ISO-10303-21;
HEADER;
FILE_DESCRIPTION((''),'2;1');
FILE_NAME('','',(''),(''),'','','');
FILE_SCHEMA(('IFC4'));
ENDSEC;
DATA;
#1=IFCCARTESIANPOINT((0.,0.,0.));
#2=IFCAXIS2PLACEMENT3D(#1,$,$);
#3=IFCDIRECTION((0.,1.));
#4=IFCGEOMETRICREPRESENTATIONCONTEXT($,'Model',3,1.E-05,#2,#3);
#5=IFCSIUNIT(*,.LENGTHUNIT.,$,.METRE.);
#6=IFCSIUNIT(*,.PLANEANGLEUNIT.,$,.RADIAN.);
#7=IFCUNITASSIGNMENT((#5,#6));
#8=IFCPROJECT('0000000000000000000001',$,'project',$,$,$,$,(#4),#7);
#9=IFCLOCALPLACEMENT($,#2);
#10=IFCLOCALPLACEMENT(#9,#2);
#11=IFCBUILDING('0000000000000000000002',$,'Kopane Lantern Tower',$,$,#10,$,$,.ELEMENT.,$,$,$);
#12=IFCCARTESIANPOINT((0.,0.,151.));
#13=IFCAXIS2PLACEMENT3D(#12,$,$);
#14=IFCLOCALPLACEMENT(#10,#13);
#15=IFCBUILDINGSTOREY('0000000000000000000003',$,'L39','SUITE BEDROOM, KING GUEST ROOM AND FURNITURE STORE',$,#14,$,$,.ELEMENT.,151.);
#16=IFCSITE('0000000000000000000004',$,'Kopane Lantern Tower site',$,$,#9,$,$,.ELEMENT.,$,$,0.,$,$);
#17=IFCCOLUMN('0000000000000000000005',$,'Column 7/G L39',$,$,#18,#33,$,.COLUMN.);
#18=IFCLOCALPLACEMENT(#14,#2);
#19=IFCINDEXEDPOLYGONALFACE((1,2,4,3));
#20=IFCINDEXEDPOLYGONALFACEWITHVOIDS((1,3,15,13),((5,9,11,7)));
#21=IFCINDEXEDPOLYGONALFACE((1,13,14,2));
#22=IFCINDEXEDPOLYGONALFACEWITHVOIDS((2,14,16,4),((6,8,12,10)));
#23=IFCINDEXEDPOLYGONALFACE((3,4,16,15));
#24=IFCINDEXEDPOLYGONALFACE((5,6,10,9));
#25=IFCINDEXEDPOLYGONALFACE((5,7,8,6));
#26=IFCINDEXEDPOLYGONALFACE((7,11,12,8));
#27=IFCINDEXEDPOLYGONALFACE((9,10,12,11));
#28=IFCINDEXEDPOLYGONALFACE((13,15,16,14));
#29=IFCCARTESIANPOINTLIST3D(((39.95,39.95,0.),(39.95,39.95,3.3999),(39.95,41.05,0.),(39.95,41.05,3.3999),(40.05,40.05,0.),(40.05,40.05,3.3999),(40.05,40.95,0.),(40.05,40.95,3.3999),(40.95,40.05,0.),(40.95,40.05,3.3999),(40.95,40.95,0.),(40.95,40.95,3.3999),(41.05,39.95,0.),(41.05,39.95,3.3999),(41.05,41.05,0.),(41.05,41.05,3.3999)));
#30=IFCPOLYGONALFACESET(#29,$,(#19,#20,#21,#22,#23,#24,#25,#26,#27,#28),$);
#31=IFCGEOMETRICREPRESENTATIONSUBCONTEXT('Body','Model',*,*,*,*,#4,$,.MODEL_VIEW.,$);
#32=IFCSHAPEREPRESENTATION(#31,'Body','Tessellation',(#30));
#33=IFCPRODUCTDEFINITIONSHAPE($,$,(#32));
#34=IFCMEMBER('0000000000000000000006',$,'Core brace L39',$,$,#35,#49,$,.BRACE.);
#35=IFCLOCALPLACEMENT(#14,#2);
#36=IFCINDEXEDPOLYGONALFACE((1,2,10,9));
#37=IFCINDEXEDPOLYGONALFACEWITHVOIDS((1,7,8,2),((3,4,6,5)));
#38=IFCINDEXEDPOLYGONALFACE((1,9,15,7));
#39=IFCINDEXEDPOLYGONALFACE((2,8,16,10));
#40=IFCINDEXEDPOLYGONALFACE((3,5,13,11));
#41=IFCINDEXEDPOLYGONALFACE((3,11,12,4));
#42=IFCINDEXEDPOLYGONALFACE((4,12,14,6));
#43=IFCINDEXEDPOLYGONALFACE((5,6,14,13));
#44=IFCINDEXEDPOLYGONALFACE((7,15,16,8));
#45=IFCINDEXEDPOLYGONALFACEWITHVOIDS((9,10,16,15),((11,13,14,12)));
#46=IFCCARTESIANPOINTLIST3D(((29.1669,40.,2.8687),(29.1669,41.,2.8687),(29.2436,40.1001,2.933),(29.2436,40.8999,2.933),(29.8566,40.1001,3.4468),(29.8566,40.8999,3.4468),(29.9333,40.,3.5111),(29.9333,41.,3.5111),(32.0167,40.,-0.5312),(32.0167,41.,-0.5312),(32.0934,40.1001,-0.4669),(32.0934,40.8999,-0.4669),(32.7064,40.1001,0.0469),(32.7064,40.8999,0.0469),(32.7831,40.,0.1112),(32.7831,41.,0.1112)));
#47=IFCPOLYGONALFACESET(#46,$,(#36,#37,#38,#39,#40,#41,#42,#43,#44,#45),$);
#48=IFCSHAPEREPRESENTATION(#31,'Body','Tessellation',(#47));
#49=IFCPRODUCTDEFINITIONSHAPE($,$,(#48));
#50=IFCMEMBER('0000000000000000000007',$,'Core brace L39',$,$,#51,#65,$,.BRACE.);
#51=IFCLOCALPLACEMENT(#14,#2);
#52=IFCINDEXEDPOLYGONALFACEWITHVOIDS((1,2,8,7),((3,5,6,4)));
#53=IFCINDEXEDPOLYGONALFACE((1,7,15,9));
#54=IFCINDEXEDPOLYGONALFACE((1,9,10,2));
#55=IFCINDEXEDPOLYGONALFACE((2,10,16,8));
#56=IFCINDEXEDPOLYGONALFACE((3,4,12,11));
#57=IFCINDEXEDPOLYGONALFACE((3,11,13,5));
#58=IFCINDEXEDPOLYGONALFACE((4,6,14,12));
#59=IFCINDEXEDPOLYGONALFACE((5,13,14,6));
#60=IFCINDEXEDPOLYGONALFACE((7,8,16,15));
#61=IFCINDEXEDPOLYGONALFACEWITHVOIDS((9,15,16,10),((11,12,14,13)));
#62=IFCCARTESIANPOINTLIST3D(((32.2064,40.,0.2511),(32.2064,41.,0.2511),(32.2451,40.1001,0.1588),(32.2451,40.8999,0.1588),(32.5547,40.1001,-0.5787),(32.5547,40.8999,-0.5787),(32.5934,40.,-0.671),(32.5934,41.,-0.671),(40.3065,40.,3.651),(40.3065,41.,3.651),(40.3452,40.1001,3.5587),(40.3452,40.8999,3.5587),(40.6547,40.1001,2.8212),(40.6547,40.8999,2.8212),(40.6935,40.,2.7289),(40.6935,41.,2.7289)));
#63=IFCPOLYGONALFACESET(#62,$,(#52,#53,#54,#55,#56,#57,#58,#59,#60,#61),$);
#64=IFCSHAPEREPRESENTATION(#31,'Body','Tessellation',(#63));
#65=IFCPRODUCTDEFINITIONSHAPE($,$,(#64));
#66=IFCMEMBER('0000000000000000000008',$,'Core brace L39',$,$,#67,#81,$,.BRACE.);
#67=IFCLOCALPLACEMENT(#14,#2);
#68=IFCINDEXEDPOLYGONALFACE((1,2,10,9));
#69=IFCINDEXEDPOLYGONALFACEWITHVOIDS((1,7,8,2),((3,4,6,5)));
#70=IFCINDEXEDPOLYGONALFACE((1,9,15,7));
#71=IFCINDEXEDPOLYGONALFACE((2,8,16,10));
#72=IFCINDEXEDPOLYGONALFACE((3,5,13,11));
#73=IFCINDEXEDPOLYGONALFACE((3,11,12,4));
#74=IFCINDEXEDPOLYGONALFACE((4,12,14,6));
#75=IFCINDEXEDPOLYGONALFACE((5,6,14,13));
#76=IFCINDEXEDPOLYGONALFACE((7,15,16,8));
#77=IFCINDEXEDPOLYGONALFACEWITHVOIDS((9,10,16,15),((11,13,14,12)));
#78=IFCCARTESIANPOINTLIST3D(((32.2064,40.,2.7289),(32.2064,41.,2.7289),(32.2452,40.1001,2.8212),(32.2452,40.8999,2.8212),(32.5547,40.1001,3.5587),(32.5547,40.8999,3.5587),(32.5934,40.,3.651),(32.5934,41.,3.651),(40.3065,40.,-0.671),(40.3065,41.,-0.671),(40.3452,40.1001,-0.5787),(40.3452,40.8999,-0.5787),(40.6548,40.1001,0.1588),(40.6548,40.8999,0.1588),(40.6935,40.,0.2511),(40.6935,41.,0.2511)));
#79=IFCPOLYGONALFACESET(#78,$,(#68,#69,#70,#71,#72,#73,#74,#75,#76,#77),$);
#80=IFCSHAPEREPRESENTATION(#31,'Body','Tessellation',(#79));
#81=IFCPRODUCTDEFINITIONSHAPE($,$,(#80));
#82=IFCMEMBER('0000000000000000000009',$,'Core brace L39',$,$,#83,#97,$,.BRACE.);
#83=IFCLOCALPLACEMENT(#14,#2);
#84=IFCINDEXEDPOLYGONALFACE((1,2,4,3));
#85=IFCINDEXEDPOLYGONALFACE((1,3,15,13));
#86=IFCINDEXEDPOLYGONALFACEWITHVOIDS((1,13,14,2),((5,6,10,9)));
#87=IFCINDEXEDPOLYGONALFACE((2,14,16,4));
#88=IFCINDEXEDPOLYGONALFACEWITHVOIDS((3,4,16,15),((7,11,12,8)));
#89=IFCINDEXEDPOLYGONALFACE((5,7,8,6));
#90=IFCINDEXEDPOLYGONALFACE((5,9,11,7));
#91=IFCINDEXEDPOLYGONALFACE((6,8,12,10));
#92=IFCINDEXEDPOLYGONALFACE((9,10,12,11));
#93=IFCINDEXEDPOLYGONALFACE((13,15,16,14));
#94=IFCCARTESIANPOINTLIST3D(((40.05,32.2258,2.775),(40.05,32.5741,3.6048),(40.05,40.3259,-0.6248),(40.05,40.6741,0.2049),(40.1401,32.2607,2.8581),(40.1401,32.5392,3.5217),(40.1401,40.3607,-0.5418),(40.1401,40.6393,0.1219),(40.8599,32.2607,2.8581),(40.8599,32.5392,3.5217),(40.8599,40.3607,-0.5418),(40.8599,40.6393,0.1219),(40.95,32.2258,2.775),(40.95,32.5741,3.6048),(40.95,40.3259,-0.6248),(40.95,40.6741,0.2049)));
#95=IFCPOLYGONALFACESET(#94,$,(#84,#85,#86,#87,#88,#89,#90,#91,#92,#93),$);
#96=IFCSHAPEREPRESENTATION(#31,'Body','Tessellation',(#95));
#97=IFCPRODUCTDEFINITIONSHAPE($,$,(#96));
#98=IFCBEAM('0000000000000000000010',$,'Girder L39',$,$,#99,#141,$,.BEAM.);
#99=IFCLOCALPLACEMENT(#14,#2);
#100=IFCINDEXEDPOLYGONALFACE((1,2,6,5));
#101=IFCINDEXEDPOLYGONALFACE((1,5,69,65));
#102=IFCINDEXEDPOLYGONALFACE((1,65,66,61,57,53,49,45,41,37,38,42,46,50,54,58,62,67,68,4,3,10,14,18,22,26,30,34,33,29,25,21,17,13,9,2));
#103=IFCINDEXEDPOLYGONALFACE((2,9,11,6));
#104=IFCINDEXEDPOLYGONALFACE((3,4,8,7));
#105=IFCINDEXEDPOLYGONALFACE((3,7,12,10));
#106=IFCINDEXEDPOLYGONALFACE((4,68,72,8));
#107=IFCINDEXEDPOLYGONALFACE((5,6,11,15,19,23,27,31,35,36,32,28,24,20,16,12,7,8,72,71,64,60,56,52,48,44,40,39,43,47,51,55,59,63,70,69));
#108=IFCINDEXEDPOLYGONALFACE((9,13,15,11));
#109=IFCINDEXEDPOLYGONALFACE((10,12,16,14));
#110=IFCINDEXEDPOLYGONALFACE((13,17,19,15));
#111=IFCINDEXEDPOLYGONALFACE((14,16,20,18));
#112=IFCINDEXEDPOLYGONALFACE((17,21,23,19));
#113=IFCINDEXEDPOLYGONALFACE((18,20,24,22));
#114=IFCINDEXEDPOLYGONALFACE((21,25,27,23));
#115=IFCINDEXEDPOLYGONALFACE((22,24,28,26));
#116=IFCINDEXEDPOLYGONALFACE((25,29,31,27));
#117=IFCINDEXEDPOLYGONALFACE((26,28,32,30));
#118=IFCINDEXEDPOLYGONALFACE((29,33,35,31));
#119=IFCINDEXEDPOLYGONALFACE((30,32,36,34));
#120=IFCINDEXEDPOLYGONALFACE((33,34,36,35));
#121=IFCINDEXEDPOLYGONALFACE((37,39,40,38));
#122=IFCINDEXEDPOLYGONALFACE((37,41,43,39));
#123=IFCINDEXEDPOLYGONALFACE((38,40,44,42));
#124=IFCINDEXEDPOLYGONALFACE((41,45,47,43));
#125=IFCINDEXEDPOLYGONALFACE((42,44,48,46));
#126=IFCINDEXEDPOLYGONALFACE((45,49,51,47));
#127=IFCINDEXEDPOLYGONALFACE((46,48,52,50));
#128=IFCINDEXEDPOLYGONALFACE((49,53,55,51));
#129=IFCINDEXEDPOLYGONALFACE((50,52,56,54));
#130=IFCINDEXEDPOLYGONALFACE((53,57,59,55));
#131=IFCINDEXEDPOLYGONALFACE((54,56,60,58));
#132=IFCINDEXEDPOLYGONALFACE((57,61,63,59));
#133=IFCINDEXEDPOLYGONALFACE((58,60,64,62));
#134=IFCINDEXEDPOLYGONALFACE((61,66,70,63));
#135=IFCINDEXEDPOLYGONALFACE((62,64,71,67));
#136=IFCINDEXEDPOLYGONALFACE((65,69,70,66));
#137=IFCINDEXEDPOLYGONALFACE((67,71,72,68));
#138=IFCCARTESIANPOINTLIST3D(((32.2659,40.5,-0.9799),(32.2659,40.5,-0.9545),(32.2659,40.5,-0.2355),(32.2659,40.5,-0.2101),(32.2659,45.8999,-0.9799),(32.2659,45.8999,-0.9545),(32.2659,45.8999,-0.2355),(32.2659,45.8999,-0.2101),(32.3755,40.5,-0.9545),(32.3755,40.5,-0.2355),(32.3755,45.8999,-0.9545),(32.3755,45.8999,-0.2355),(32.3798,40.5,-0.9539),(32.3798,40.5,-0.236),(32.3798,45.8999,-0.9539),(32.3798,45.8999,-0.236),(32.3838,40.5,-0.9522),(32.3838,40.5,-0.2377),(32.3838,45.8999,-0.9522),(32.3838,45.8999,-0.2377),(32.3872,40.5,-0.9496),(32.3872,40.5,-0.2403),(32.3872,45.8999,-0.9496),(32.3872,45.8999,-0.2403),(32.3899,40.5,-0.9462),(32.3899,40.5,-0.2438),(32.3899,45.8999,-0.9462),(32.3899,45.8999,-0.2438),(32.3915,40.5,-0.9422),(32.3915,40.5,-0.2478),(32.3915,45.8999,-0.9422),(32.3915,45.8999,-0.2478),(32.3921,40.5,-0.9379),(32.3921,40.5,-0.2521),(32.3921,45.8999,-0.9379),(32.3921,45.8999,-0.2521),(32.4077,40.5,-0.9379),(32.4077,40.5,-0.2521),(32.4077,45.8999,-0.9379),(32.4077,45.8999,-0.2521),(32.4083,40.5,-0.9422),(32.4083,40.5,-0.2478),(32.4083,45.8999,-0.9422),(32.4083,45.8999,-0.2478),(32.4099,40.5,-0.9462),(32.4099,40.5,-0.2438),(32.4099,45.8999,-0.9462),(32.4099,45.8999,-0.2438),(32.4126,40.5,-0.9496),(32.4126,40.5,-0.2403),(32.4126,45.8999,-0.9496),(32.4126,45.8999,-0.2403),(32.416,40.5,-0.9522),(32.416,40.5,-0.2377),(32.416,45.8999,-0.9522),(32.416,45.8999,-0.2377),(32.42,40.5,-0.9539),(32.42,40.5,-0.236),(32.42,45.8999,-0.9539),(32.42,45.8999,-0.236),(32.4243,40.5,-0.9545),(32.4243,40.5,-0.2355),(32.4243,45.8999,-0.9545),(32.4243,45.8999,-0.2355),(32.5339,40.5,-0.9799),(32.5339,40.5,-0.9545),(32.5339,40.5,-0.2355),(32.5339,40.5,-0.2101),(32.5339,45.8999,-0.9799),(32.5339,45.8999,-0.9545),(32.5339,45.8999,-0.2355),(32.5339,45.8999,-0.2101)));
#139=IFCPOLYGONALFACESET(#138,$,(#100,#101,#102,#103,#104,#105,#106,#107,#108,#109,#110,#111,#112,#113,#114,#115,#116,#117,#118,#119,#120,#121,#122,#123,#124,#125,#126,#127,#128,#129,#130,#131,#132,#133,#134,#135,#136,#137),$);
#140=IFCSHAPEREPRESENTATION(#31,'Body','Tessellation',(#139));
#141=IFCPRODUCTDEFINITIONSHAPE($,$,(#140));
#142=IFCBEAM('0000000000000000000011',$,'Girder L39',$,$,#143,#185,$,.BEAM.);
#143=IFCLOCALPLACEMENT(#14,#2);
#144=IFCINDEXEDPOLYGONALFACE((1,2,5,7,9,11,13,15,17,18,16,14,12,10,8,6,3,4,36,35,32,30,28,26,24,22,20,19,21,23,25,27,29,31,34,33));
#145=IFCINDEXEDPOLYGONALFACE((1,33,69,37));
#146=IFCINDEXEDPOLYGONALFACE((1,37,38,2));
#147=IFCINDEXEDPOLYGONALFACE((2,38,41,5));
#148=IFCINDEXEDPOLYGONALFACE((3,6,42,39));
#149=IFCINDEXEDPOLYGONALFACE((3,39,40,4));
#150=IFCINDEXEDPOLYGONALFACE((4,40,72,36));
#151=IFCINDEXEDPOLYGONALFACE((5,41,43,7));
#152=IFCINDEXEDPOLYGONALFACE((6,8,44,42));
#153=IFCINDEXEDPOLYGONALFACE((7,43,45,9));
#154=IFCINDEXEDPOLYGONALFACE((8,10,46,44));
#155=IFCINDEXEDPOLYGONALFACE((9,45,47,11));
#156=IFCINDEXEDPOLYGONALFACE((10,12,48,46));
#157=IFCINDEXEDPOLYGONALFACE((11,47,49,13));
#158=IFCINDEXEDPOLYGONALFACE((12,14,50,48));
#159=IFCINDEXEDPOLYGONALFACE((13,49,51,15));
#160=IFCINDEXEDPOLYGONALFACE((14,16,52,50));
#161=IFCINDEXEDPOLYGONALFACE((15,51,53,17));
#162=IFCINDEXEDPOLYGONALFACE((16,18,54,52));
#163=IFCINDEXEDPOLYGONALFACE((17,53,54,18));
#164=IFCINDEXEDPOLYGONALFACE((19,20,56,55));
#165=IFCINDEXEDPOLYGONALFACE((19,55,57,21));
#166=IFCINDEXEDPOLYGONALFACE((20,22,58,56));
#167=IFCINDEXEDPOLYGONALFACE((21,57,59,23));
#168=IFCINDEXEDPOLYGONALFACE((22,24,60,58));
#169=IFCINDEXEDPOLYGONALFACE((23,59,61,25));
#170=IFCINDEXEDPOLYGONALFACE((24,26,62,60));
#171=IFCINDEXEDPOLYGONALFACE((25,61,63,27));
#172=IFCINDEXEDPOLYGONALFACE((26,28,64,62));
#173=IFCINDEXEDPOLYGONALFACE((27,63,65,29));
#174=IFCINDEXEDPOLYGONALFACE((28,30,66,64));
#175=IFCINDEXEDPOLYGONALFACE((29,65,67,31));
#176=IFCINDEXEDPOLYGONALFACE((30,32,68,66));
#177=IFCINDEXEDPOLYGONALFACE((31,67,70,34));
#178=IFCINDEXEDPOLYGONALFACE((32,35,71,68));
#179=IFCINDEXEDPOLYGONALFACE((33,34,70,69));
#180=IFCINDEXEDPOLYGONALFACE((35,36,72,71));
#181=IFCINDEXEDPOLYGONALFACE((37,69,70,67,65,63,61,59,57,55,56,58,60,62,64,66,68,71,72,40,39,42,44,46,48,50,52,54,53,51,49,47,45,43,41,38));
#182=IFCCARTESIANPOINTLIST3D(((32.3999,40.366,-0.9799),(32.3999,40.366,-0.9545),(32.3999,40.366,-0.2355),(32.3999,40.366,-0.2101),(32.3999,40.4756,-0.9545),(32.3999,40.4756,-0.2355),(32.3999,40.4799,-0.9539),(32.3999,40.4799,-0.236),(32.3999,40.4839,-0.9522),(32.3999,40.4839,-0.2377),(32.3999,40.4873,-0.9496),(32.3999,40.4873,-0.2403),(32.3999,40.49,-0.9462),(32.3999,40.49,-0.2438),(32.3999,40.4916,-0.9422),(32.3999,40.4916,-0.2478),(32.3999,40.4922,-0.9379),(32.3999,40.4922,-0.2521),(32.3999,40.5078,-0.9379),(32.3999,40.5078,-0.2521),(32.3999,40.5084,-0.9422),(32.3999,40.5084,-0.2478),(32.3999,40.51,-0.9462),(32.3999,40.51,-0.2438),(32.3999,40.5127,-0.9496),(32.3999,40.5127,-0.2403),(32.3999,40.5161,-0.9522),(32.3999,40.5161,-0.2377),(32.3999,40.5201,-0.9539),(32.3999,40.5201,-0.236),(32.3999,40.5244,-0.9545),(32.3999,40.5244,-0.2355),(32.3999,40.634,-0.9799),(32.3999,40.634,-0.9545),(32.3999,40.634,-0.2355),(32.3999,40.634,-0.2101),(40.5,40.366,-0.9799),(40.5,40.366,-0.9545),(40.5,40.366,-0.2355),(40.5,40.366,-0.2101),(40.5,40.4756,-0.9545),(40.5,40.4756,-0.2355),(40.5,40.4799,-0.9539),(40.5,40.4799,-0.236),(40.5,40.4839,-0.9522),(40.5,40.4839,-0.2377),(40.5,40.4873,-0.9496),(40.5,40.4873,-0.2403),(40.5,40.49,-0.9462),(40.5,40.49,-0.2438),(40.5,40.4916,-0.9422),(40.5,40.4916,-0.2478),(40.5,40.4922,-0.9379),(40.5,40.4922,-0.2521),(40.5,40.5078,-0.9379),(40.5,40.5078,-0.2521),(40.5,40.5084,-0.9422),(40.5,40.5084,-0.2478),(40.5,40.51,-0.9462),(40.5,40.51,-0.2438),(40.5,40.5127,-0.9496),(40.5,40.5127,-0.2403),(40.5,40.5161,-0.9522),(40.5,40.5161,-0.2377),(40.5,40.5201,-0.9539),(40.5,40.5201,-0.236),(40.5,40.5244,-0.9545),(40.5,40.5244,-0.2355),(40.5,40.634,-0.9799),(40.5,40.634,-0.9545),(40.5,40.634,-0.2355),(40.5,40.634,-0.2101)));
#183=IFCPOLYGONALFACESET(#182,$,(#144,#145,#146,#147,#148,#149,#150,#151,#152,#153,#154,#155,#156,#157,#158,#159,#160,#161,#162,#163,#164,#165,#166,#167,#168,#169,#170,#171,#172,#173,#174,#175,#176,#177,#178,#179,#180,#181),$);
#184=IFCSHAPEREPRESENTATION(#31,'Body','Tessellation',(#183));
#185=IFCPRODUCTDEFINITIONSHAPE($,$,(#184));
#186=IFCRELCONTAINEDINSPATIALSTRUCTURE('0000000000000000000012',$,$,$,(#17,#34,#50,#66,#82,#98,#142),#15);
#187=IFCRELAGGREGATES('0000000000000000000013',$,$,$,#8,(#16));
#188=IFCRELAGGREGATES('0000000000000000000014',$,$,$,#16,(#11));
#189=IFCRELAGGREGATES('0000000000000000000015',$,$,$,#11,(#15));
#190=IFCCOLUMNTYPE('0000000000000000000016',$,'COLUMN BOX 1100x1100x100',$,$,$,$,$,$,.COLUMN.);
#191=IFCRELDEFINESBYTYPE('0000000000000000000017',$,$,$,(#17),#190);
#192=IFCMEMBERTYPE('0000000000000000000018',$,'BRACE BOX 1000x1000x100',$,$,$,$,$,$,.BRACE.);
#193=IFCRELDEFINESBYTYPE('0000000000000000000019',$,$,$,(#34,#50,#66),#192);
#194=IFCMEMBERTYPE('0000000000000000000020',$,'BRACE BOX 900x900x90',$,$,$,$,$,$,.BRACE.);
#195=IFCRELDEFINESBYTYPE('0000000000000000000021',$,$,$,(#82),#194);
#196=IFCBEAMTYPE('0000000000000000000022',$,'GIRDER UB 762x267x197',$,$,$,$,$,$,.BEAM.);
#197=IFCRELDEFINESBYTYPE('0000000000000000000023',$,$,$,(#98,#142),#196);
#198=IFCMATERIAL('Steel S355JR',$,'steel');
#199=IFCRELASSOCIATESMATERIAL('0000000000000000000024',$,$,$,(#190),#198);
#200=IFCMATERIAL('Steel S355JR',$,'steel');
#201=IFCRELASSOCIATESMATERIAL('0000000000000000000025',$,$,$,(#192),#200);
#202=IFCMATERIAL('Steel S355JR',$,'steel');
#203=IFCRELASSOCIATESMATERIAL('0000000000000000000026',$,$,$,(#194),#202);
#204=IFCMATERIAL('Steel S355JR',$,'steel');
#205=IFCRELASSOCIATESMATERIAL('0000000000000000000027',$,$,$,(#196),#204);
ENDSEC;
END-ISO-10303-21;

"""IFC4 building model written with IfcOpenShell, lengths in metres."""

from ifc_helpers import new_model, si_unit, direction, frame, origin, origin_2d, place, context, subcontext, project, spatial, hollow_rectangle, i_section, extrude, material, material_profile, profile_set, type_object, element, save


model = new_model("IFC4")

# Units and contexts
model_context = context("Model", 3, precision=1e-05, world=origin(), true_north=direction((0.0, 1.0)))
body_context = subcontext(model_context, "Body", "Model", "MODEL_VIEW")
ifc_project = project(units=[si_unit("LENGTHUNIT", "METRE"), si_unit("PLANEANGLEUNIT", "RADIAN")], contexts=[model_context])

# Site, building, storey
site_placement = place(None, origin())
site = spatial("IfcSite", under=ifc_project, at=site_placement, Name="Kopane Lantern Tower site", CompositionType="ELEMENT", RefElevation=0.0)
building_placement = place(site_placement, origin())
building = spatial("IfcBuilding", under=site, at=building_placement, Name="Kopane Lantern Tower", CompositionType="ELEMENT")
storey_placement = place(building_placement, frame((0.0, 0.0, 151.0)))
storey = spatial("IfcBuildingStorey", under=building, at=storey_placement, Name="L39", Description="SUITE BEDROOM, KING GUEST ROOM AND FURNITURE STORE", CompositionType="ELEMENT", Elevation=151.0)

# Column
ifc_material_1 = material(Name="Steel S355JR", Category="steel")
ifc_material_profile_1 = material_profile(ifc_material_1, hollow_rectangle(XDim=1.1001, YDim=1.1001, WallThickness=0.1001, at=origin_2d()), Name="BOX 1100x1100x100")
ifc_profile_set_1 = profile_set([ifc_material_profile_1], Name="Steel S355JR")
column_type = type_object("IfcColumnType", Name="COLUMN BOX 1100x1100x100", PredefinedType="COLUMN", material=ifc_profile_set_1)
column_placement = place(storey_placement, frame((40.5, 40.5, 0.0), z_axis=(0.0, 0.0, 1.0), x_axis=(1.0, 0.0, 0.0)))
element("IfcColumn", 1, at=column_placement, inside=storey, type_object=column_type, Name="Column 7/G L39", PredefinedType="COLUMN", context=body_context, shape_type="SweptSolid", body=[
    extrude(hollow_rectangle(XDim=1.1001, YDim=1.1001, WallThickness=0.1001, at=origin_2d()), origin(), (0.0, 0.0, 1.0), 3.3999),
])

# Members
ifc_material_2 = material(Name="Steel S355JR", Category="steel")
ifc_material_profile_2 = material_profile(ifc_material_2, hollow_rectangle(XDim=1.0, YDim=1.0, WallThickness=0.1001, at=origin_2d()), Name="BOX 1000x1000x100")
ifc_profile_set_2 = profile_set([ifc_material_profile_2], Name="Steel S355JR")
member_type_1 = type_object("IfcMemberType", Name="BRACE BOX 1000x1000x100", PredefinedType="BRACE", material=ifc_profile_set_2)
member_1_placement = place(storey_placement, frame((32.3999, 40.5, -0.21), z_axis=(-0.64239, 0.0, 0.766378), x_axis=(0.0, -1.0, 0.0)))
element("IfcMember", 2, at=member_1_placement, inside=storey, type_object=member_type_1, Name="Core brace L39", PredefinedType="BRACE", context=body_context, shape_type="SweptSolid", body=[
    extrude(hollow_rectangle(XDim=1.0, YDim=1.0, WallThickness=0.1001, at=origin_2d()), origin(), (0.0, 0.0, 1.0), 4.4363),
])
for number, where, z_axis, x_axis, name in (
    (3, (32.3999, 40.5, -0.21), (0.922069, 0.0, 0.387026), (0.0, 1.0, 0.0), "Core brace L39"),
    (4, (40.5, 40.5, -0.21), (-0.922069, 0.0, 0.387026), (0.0, -1.0, 0.0), "Core brace L39"),
):
    element("IfcMember", number, at=place(storey_placement, frame(where, z_axis=z_axis, x_axis=x_axis)), inside=storey, type_object=member_type_1, Name=name, PredefinedType="BRACE", context=body_context, shape_type="SweptSolid", body=[
        extrude(hollow_rectangle(XDim=1.0, YDim=1.0, WallThickness=0.1001, at=origin_2d()), origin(), (0.0, 0.0, 1.0), 8.7847),
    ])
ifc_material_3 = material(Name="Steel S355JR", Category="steel")
ifc_material_profile_3 = material_profile(ifc_material_3, hollow_rectangle(XDim=0.8999, YDim=0.8999, WallThickness=0.0901, at=origin_2d()), Name="BOX 900x900x90")
ifc_profile_set_3 = profile_set([ifc_material_profile_3], Name="Steel S355JR")
member_type_2 = type_object("IfcMemberType", Name="BRACE BOX 900x900x90", PredefinedType="BRACE", material=ifc_profile_set_3)
member_2_placement = place(storey_placement, frame((40.5, 40.5, -0.21), z_axis=(0.0, -0.922069, 0.387026), x_axis=(1.0, 0.0, 0.0)))
element("IfcMember", 5, at=member_2_placement, inside=storey, type_object=member_type_2, Name="Core brace L39", PredefinedType="BRACE", context=body_context, shape_type="SweptSolid", body=[
    extrude(hollow_rectangle(XDim=0.8999, YDim=0.8999, WallThickness=0.0901, at=origin_2d()), origin(), (0.0, 0.0, 1.0), 8.7847),
])

# Beams
ifc_material_4 = material(Name="Steel S355JR", Category="steel")
ifc_material_profile_4 = material_profile(ifc_material_4, i_section(OverallWidth=0.2681, OverallDepth=0.7698, WebThickness=0.0156, FlangeThickness=0.0254, FilletRadius=0.0166, at=origin_2d()), Name="UB 762x267x197")
ifc_profile_set_4 = profile_set([ifc_material_profile_4], Name="Steel S355JR")
beam_type = type_object("IfcBeamType", Name="GIRDER UB 762x267x197", PredefinedType="BEAM", material=ifc_profile_set_4)
beam_1_placement = place(storey_placement, frame((32.3999, 40.5, -0.595), z_axis=(0.0, 1.0, 0.0), x_axis=(-1.0, 0.0, 0.0)))
element("IfcBeam", 6, at=beam_1_placement, inside=storey, type_object=beam_type, Name="Girder L39", PredefinedType="BEAM", context=body_context, shape_type="SweptSolid", body=[
    extrude(i_section(OverallWidth=0.2681, OverallDepth=0.7698, WebThickness=0.0156, FlangeThickness=0.0254, FilletRadius=0.0166, at=origin_2d()), origin(), (0.0, 0.0, 1.0), 5.3999),
])
beam_2_placement = place(storey_placement, frame((32.3999, 40.5, -0.595), z_axis=(1.0, 0.0, 0.0), x_axis=(0.0, 1.0, 0.0)))
element("IfcBeam", 7, at=beam_2_placement, inside=storey, type_object=beam_type, Name="Girder L39", PredefinedType="BEAM", context=body_context, shape_type="SweptSolid", body=[
    extrude(i_section(OverallWidth=0.2681, OverallDepth=0.7698, WebThickness=0.0156, FlangeThickness=0.0254, FilletRadius=0.0166, at=origin_2d()), origin(), (0.0, 0.0, 1.0), 8.1001),
])

save(model, "model.ifc")
